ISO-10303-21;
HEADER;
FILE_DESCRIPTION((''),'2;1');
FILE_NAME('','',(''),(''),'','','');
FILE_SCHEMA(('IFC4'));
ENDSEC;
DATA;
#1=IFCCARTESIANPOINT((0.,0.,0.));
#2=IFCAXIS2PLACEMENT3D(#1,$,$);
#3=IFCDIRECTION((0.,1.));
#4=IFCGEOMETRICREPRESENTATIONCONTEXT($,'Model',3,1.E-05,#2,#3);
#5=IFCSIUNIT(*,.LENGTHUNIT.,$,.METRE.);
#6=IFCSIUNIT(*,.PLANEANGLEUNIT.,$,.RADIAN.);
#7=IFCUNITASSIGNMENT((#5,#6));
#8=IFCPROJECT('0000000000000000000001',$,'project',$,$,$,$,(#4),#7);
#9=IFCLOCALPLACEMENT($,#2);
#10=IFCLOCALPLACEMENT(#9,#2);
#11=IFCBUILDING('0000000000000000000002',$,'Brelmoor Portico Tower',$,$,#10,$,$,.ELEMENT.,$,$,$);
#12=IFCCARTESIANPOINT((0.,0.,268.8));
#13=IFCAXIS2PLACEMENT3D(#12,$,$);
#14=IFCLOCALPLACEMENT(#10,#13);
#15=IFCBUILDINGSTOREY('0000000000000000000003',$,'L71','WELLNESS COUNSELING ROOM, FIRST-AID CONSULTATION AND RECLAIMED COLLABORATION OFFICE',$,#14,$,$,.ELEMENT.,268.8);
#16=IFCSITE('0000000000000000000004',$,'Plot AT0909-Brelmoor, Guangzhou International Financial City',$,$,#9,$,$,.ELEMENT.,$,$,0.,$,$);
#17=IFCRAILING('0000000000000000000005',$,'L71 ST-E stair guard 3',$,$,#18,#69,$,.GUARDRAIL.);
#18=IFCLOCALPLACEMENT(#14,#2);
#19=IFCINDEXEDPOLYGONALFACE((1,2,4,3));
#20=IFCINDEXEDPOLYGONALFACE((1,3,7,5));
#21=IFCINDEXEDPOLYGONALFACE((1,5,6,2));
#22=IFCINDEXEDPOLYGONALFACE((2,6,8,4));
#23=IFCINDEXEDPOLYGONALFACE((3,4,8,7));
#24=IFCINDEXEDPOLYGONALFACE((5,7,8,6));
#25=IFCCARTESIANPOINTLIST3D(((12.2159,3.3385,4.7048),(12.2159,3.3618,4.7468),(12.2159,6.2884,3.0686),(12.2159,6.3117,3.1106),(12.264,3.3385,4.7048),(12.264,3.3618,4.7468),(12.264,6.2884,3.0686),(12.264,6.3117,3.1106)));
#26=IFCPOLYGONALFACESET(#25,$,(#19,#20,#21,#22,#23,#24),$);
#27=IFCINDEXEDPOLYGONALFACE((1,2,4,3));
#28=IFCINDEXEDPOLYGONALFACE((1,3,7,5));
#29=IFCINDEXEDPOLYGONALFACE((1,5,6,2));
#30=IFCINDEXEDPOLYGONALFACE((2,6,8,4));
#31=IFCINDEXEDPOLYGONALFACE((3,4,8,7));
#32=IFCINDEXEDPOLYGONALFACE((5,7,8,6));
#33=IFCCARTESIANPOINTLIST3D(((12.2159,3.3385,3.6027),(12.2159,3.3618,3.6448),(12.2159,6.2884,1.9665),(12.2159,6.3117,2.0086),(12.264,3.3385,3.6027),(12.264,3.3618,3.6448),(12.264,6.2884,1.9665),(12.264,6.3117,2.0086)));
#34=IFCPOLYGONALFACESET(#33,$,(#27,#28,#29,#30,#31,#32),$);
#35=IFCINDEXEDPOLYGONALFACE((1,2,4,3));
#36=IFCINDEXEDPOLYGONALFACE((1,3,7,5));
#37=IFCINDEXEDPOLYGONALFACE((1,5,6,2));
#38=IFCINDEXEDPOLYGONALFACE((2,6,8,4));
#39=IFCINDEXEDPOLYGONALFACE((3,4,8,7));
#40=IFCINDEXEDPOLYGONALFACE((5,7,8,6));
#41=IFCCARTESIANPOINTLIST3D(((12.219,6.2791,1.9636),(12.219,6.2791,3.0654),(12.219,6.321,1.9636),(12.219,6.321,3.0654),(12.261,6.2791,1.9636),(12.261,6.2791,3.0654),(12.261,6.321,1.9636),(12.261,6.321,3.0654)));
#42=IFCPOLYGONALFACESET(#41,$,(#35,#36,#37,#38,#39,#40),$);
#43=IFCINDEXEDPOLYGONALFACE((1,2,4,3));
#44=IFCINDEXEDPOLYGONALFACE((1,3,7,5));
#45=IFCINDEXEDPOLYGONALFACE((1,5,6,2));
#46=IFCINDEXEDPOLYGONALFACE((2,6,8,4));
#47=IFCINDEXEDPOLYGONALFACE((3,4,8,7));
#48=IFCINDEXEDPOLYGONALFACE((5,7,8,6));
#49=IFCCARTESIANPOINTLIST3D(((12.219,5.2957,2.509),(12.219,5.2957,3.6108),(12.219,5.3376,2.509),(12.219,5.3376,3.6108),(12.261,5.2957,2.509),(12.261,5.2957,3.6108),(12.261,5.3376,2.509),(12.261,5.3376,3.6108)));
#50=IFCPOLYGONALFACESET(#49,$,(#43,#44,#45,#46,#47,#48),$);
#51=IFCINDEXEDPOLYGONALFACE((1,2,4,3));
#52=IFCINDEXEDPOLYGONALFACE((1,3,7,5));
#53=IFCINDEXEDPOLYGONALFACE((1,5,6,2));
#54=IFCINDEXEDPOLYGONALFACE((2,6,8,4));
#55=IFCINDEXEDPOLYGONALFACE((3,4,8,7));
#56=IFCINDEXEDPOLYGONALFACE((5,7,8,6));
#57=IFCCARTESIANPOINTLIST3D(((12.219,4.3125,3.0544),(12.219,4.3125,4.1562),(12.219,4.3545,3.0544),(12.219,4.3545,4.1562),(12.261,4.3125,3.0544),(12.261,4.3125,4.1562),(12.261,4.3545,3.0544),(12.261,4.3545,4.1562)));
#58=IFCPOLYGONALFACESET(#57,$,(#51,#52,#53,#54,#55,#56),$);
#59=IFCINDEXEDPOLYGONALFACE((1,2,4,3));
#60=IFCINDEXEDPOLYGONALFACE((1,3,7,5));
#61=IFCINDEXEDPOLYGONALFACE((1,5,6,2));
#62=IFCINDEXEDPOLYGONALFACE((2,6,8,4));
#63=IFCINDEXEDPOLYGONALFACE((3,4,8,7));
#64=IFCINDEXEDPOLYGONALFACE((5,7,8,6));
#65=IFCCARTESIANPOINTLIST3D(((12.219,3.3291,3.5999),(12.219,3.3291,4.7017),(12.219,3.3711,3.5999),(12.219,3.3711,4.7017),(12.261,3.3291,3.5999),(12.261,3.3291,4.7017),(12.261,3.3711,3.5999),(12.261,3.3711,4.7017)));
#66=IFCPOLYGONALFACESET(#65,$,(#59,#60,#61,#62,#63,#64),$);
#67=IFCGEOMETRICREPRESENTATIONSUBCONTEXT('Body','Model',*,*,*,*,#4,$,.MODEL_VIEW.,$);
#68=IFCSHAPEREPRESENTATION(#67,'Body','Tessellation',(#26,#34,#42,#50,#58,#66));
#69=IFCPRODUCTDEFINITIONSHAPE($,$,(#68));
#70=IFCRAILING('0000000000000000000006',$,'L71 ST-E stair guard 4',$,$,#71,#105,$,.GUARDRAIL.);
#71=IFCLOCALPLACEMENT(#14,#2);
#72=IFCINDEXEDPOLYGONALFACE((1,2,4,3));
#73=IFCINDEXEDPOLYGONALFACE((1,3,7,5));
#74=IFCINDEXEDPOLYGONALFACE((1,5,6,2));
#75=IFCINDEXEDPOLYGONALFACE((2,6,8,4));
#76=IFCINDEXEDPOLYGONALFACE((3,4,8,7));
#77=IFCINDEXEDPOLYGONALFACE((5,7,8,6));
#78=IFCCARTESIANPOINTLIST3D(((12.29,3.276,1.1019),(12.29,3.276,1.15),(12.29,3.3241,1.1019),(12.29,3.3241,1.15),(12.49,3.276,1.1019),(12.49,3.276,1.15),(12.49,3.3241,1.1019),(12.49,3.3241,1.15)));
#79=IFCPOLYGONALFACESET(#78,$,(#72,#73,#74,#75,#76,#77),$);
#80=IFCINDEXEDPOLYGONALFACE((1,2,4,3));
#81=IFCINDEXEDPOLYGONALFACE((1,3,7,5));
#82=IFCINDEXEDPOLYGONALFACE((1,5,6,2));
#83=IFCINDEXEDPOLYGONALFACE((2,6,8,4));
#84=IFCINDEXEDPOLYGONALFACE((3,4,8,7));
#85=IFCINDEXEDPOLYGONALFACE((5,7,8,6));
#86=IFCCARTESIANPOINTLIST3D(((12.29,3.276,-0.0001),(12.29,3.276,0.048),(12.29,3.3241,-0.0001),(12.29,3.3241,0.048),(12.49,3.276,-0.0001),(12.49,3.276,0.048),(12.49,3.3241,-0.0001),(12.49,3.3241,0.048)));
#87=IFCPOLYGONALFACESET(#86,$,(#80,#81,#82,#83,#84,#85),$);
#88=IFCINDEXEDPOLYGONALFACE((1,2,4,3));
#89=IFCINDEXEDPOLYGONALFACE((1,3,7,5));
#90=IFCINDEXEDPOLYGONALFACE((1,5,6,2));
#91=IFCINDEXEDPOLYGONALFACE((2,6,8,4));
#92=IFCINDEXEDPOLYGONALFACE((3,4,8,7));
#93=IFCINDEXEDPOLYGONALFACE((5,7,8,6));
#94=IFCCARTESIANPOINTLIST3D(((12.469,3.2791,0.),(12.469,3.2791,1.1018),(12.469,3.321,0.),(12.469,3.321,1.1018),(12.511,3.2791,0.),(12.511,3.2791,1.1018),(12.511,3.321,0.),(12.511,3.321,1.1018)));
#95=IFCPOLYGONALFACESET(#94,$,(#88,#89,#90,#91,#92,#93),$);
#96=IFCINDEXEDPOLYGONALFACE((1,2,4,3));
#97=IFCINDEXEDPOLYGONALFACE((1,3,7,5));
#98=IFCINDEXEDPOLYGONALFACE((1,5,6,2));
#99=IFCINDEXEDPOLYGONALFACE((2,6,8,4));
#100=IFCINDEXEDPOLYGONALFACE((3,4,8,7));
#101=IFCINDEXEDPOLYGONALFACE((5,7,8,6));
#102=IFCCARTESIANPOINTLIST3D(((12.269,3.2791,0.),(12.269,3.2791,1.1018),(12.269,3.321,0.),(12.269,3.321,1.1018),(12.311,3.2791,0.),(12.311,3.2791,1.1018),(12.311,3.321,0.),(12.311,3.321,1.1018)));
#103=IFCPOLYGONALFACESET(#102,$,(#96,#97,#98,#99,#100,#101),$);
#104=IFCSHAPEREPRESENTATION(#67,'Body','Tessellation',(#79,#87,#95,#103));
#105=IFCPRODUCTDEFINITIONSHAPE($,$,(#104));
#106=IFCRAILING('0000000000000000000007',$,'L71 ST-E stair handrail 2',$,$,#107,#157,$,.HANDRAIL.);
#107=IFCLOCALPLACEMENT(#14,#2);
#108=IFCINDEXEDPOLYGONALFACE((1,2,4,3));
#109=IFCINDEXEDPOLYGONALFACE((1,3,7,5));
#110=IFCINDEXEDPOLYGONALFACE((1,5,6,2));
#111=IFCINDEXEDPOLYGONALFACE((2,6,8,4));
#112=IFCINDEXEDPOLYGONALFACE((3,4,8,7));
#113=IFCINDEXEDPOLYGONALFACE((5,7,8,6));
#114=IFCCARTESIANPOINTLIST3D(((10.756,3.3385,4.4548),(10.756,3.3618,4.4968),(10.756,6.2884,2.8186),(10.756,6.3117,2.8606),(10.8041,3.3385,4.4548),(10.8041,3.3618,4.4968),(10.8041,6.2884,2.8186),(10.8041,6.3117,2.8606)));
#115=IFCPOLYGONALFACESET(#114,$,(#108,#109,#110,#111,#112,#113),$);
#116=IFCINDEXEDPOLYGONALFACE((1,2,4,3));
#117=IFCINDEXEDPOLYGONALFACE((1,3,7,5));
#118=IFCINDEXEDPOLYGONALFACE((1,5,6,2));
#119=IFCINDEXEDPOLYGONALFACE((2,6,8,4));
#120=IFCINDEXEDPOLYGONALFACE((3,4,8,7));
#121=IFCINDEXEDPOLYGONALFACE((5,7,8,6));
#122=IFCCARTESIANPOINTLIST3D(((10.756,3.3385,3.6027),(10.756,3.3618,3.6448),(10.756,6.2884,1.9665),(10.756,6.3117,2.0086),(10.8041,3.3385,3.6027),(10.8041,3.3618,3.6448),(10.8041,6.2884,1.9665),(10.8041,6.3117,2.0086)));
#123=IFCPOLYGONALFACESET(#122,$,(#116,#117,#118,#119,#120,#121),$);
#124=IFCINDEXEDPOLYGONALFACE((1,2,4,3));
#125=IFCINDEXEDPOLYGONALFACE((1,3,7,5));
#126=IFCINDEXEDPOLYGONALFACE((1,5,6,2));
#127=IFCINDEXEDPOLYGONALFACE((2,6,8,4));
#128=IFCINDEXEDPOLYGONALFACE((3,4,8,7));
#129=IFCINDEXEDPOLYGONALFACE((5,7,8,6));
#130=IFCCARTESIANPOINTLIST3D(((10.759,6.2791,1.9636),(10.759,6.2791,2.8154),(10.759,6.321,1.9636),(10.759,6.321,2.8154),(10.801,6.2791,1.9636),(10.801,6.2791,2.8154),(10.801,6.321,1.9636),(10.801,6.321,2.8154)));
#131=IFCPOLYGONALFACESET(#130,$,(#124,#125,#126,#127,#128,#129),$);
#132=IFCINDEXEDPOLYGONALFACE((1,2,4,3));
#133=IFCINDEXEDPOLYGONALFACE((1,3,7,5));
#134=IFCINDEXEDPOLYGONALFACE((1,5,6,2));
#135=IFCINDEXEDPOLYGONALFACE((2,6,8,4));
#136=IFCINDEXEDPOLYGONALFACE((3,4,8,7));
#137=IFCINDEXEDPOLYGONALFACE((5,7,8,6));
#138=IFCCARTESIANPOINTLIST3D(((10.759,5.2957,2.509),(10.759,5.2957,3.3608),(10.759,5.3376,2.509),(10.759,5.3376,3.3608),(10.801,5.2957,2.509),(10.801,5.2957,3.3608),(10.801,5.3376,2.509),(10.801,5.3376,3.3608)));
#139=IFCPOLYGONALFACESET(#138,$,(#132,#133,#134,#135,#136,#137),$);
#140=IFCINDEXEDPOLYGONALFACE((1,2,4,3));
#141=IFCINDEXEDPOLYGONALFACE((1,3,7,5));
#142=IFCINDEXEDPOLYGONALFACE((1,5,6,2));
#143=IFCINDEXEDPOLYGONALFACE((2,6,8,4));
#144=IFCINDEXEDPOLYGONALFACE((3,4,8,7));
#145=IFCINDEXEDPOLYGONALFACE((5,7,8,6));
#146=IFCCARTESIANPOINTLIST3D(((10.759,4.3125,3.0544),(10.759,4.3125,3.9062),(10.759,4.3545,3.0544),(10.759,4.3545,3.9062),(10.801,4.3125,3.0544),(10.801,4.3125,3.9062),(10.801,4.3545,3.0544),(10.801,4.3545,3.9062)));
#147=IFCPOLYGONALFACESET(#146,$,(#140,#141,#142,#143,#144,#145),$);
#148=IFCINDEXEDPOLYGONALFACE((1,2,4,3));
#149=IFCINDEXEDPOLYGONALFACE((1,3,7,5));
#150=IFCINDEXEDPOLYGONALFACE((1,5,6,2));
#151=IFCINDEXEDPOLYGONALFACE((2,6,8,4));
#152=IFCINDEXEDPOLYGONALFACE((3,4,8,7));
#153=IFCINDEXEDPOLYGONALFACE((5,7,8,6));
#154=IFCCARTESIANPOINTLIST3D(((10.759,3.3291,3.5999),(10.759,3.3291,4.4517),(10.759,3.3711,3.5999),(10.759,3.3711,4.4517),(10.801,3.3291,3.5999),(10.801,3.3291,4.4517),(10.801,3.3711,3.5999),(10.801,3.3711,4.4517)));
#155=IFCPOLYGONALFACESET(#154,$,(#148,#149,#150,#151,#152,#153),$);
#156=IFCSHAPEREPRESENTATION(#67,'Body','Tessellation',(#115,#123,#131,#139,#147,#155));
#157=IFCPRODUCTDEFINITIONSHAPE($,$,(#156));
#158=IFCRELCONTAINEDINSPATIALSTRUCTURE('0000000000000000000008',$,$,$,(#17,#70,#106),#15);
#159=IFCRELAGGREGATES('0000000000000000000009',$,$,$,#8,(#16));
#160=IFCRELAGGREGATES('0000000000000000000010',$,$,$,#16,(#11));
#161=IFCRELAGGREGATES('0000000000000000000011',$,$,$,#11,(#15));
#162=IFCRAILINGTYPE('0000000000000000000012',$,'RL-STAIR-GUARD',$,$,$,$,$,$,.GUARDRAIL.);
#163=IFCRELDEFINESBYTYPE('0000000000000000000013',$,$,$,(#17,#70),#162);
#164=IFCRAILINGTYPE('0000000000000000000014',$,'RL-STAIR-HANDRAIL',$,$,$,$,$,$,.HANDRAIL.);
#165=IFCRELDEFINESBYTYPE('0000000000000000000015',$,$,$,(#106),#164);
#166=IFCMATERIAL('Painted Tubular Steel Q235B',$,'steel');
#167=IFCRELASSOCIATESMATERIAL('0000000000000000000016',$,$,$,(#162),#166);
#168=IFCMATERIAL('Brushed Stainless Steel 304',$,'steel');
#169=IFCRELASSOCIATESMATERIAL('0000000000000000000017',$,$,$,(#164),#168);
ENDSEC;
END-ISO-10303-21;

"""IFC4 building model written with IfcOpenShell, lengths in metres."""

from ifc_helpers import new_model, si_unit, direction, frame, origin, origin_2d, place, context, subcontext, project, spatial, rectangle, extrude, material, type_object, element, save


model = new_model("IFC4")

# Units and contexts
model_context = context("Model", 3, precision=1e-05, world=origin(), true_north=direction((0.0, 1.0)))
body_context = subcontext(model_context, "Body", "Model", "MODEL_VIEW")
ifc_project = project(units=[si_unit("LENGTHUNIT", "METRE"), si_unit("PLANEANGLEUNIT", "RADIAN")], contexts=[model_context])

# Site, building, storey
site_placement = place(None, origin())
site = spatial("IfcSite", under=ifc_project, at=site_placement, Name="Plot AT0909-Brelmoor, Guangzhou International Financial City", CompositionType="ELEMENT", RefElevation=0.0)
building_placement = place(site_placement, origin())
building = spatial("IfcBuilding", under=site, at=building_placement, Name="Brelmoor Portico Tower", CompositionType="ELEMENT")
storey_placement = place(building_placement, frame((0.0, 0.0, 268.8)))
storey = spatial("IfcBuildingStorey", under=building, at=storey_placement, Name="L71", Description="WELLNESS COUNSELING ROOM, FIRST-AID CONSULTATION AND RECLAIMED COLLABORATION OFFICE", CompositionType="ELEMENT", Elevation=268.8)

# Railings
ifc_material_1 = material(Name="Painted Tubular Steel Q235B", Category="steel")
railing_type_1 = type_object("IfcRailingType", Name="RL-STAIR-GUARD", PredefinedType="GUARDRAIL", material=ifc_material_1)
railing_1_placement = place(storey_placement, frame((12.24, 6.3, 1.9636)))
element("IfcRailing", 1, at=railing_1_placement, inside=storey, type_object=railing_type_1, Name="L71 ST-E stair guard 3", PredefinedType="GUARDRAIL", context=body_context, shape_type="SweptSolid", body=[
    extrude(rectangle(XDim=0.0481, YDim=0.0481, at=origin_2d()), frame((0.0, 0.0, 1.126), z_axis=(0.0, -0.874488, 0.485047), x_axis=(1.0, 0.0, 0.0)), (0.0, 0.0, 1.0), 3.3733),
    extrude(rectangle(XDim=0.0481, YDim=0.0481, at=origin_2d()), frame((0.0, 0.0, 0.0239), z_axis=(0.0, -0.874488, 0.485047), x_axis=(1.0, 0.0, 0.0)), (0.0, 0.0, 1.0), 3.3733),
    extrude(rectangle(XDim=0.042, YDim=0.042, at=origin_2d()), origin(), (0.0, 0.0, 1.0), 1.1018),
    extrude(rectangle(XDim=0.042, YDim=0.042, at=origin_2d()), frame((0.0, -0.9834, 0.5454)), (0.0, 0.0, 1.0), 1.1018),
    extrude(rectangle(XDim=0.042, YDim=0.042, at=origin_2d()), frame((0.0, -1.9666, 1.0908)), (0.0, 0.0, 1.0), 1.1018),
    extrude(rectangle(XDim=0.042, YDim=0.042, at=origin_2d()), frame((0.0, -2.95, 1.6362)), (0.0, 0.0, 1.0), 1.1018),
])
railing_2_placement = place(storey_placement, frame((12.49, 3.3, 0.0)))
element("IfcRailing", 2, at=railing_2_placement, inside=storey, type_object=railing_type_1, Name="L71 ST-E stair guard 4", PredefinedType="GUARDRAIL", context=body_context, shape_type="SweptSolid", body=[
    extrude(rectangle(XDim=0.0481, YDim=0.0481, at=origin_2d()), frame((0.0, 0.0, 1.126), z_axis=(-1.0, 0.0, 0.0), x_axis=(0.0, -1.0, 0.0)), (0.0, 0.0, 1.0), 0.2),
    extrude(rectangle(XDim=0.0481, YDim=0.0481, at=origin_2d()), frame((0.0, 0.0, 0.0239), z_axis=(-1.0, 0.0, 0.0), x_axis=(0.0, -1.0, 0.0)), (0.0, 0.0, 1.0), 0.2),
    extrude(rectangle(XDim=0.042, YDim=0.042, at=origin_2d()), origin(), (0.0, 0.0, 1.0), 1.1018),
    extrude(rectangle(XDim=0.042, YDim=0.042, at=origin_2d()), frame((-0.2, 0.0, 0.0)), (0.0, 0.0, 1.0), 1.1018),
])
ifc_material_2 = material(Name="Brushed Stainless Steel 304", Category="steel")
railing_type_2 = type_object("IfcRailingType", Name="RL-STAIR-HANDRAIL", PredefinedType="HANDRAIL", material=ifc_material_2)
railing_3_placement = place(storey_placement, frame((10.78, 6.3, 1.9636)))
element("IfcRailing", 3, at=railing_3_placement, inside=storey, type_object=railing_type_2, Name="L71 ST-E stair handrail 2", PredefinedType="HANDRAIL", context=body_context, shape_type="SweptSolid", body=[
    extrude(rectangle(XDim=0.0481, YDim=0.0481, at=origin_2d()), frame((0.0, 0.0, 0.876), z_axis=(0.0, -0.874488, 0.485047), x_axis=(1.0, 0.0, 0.0)), (0.0, 0.0, 1.0), 3.3733),
    extrude(rectangle(XDim=0.0481, YDim=0.0481, at=origin_2d()), frame((0.0, 0.0, 0.0239), z_axis=(0.0, -0.874488, 0.485047), x_axis=(1.0, 0.0, 0.0)), (0.0, 0.0, 1.0), 3.3733),
    extrude(rectangle(XDim=0.042, YDim=0.042, at=origin_2d()), origin(), (0.0, 0.0, 1.0), 0.8518),
    extrude(rectangle(XDim=0.042, YDim=0.042, at=origin_2d()), frame((0.0, -0.9834, 0.5454)), (0.0, 0.0, 1.0), 0.8518),
    extrude(rectangle(XDim=0.042, YDim=0.042, at=origin_2d()), frame((0.0, -1.9666, 1.0908)), (0.0, 0.0, 1.0), 0.8518),
    extrude(rectangle(XDim=0.042, YDim=0.042, at=origin_2d()), frame((0.0, -2.95, 1.6362)), (0.0, 0.0, 1.0), 0.8518),
])

save(model, "model.ifc")
